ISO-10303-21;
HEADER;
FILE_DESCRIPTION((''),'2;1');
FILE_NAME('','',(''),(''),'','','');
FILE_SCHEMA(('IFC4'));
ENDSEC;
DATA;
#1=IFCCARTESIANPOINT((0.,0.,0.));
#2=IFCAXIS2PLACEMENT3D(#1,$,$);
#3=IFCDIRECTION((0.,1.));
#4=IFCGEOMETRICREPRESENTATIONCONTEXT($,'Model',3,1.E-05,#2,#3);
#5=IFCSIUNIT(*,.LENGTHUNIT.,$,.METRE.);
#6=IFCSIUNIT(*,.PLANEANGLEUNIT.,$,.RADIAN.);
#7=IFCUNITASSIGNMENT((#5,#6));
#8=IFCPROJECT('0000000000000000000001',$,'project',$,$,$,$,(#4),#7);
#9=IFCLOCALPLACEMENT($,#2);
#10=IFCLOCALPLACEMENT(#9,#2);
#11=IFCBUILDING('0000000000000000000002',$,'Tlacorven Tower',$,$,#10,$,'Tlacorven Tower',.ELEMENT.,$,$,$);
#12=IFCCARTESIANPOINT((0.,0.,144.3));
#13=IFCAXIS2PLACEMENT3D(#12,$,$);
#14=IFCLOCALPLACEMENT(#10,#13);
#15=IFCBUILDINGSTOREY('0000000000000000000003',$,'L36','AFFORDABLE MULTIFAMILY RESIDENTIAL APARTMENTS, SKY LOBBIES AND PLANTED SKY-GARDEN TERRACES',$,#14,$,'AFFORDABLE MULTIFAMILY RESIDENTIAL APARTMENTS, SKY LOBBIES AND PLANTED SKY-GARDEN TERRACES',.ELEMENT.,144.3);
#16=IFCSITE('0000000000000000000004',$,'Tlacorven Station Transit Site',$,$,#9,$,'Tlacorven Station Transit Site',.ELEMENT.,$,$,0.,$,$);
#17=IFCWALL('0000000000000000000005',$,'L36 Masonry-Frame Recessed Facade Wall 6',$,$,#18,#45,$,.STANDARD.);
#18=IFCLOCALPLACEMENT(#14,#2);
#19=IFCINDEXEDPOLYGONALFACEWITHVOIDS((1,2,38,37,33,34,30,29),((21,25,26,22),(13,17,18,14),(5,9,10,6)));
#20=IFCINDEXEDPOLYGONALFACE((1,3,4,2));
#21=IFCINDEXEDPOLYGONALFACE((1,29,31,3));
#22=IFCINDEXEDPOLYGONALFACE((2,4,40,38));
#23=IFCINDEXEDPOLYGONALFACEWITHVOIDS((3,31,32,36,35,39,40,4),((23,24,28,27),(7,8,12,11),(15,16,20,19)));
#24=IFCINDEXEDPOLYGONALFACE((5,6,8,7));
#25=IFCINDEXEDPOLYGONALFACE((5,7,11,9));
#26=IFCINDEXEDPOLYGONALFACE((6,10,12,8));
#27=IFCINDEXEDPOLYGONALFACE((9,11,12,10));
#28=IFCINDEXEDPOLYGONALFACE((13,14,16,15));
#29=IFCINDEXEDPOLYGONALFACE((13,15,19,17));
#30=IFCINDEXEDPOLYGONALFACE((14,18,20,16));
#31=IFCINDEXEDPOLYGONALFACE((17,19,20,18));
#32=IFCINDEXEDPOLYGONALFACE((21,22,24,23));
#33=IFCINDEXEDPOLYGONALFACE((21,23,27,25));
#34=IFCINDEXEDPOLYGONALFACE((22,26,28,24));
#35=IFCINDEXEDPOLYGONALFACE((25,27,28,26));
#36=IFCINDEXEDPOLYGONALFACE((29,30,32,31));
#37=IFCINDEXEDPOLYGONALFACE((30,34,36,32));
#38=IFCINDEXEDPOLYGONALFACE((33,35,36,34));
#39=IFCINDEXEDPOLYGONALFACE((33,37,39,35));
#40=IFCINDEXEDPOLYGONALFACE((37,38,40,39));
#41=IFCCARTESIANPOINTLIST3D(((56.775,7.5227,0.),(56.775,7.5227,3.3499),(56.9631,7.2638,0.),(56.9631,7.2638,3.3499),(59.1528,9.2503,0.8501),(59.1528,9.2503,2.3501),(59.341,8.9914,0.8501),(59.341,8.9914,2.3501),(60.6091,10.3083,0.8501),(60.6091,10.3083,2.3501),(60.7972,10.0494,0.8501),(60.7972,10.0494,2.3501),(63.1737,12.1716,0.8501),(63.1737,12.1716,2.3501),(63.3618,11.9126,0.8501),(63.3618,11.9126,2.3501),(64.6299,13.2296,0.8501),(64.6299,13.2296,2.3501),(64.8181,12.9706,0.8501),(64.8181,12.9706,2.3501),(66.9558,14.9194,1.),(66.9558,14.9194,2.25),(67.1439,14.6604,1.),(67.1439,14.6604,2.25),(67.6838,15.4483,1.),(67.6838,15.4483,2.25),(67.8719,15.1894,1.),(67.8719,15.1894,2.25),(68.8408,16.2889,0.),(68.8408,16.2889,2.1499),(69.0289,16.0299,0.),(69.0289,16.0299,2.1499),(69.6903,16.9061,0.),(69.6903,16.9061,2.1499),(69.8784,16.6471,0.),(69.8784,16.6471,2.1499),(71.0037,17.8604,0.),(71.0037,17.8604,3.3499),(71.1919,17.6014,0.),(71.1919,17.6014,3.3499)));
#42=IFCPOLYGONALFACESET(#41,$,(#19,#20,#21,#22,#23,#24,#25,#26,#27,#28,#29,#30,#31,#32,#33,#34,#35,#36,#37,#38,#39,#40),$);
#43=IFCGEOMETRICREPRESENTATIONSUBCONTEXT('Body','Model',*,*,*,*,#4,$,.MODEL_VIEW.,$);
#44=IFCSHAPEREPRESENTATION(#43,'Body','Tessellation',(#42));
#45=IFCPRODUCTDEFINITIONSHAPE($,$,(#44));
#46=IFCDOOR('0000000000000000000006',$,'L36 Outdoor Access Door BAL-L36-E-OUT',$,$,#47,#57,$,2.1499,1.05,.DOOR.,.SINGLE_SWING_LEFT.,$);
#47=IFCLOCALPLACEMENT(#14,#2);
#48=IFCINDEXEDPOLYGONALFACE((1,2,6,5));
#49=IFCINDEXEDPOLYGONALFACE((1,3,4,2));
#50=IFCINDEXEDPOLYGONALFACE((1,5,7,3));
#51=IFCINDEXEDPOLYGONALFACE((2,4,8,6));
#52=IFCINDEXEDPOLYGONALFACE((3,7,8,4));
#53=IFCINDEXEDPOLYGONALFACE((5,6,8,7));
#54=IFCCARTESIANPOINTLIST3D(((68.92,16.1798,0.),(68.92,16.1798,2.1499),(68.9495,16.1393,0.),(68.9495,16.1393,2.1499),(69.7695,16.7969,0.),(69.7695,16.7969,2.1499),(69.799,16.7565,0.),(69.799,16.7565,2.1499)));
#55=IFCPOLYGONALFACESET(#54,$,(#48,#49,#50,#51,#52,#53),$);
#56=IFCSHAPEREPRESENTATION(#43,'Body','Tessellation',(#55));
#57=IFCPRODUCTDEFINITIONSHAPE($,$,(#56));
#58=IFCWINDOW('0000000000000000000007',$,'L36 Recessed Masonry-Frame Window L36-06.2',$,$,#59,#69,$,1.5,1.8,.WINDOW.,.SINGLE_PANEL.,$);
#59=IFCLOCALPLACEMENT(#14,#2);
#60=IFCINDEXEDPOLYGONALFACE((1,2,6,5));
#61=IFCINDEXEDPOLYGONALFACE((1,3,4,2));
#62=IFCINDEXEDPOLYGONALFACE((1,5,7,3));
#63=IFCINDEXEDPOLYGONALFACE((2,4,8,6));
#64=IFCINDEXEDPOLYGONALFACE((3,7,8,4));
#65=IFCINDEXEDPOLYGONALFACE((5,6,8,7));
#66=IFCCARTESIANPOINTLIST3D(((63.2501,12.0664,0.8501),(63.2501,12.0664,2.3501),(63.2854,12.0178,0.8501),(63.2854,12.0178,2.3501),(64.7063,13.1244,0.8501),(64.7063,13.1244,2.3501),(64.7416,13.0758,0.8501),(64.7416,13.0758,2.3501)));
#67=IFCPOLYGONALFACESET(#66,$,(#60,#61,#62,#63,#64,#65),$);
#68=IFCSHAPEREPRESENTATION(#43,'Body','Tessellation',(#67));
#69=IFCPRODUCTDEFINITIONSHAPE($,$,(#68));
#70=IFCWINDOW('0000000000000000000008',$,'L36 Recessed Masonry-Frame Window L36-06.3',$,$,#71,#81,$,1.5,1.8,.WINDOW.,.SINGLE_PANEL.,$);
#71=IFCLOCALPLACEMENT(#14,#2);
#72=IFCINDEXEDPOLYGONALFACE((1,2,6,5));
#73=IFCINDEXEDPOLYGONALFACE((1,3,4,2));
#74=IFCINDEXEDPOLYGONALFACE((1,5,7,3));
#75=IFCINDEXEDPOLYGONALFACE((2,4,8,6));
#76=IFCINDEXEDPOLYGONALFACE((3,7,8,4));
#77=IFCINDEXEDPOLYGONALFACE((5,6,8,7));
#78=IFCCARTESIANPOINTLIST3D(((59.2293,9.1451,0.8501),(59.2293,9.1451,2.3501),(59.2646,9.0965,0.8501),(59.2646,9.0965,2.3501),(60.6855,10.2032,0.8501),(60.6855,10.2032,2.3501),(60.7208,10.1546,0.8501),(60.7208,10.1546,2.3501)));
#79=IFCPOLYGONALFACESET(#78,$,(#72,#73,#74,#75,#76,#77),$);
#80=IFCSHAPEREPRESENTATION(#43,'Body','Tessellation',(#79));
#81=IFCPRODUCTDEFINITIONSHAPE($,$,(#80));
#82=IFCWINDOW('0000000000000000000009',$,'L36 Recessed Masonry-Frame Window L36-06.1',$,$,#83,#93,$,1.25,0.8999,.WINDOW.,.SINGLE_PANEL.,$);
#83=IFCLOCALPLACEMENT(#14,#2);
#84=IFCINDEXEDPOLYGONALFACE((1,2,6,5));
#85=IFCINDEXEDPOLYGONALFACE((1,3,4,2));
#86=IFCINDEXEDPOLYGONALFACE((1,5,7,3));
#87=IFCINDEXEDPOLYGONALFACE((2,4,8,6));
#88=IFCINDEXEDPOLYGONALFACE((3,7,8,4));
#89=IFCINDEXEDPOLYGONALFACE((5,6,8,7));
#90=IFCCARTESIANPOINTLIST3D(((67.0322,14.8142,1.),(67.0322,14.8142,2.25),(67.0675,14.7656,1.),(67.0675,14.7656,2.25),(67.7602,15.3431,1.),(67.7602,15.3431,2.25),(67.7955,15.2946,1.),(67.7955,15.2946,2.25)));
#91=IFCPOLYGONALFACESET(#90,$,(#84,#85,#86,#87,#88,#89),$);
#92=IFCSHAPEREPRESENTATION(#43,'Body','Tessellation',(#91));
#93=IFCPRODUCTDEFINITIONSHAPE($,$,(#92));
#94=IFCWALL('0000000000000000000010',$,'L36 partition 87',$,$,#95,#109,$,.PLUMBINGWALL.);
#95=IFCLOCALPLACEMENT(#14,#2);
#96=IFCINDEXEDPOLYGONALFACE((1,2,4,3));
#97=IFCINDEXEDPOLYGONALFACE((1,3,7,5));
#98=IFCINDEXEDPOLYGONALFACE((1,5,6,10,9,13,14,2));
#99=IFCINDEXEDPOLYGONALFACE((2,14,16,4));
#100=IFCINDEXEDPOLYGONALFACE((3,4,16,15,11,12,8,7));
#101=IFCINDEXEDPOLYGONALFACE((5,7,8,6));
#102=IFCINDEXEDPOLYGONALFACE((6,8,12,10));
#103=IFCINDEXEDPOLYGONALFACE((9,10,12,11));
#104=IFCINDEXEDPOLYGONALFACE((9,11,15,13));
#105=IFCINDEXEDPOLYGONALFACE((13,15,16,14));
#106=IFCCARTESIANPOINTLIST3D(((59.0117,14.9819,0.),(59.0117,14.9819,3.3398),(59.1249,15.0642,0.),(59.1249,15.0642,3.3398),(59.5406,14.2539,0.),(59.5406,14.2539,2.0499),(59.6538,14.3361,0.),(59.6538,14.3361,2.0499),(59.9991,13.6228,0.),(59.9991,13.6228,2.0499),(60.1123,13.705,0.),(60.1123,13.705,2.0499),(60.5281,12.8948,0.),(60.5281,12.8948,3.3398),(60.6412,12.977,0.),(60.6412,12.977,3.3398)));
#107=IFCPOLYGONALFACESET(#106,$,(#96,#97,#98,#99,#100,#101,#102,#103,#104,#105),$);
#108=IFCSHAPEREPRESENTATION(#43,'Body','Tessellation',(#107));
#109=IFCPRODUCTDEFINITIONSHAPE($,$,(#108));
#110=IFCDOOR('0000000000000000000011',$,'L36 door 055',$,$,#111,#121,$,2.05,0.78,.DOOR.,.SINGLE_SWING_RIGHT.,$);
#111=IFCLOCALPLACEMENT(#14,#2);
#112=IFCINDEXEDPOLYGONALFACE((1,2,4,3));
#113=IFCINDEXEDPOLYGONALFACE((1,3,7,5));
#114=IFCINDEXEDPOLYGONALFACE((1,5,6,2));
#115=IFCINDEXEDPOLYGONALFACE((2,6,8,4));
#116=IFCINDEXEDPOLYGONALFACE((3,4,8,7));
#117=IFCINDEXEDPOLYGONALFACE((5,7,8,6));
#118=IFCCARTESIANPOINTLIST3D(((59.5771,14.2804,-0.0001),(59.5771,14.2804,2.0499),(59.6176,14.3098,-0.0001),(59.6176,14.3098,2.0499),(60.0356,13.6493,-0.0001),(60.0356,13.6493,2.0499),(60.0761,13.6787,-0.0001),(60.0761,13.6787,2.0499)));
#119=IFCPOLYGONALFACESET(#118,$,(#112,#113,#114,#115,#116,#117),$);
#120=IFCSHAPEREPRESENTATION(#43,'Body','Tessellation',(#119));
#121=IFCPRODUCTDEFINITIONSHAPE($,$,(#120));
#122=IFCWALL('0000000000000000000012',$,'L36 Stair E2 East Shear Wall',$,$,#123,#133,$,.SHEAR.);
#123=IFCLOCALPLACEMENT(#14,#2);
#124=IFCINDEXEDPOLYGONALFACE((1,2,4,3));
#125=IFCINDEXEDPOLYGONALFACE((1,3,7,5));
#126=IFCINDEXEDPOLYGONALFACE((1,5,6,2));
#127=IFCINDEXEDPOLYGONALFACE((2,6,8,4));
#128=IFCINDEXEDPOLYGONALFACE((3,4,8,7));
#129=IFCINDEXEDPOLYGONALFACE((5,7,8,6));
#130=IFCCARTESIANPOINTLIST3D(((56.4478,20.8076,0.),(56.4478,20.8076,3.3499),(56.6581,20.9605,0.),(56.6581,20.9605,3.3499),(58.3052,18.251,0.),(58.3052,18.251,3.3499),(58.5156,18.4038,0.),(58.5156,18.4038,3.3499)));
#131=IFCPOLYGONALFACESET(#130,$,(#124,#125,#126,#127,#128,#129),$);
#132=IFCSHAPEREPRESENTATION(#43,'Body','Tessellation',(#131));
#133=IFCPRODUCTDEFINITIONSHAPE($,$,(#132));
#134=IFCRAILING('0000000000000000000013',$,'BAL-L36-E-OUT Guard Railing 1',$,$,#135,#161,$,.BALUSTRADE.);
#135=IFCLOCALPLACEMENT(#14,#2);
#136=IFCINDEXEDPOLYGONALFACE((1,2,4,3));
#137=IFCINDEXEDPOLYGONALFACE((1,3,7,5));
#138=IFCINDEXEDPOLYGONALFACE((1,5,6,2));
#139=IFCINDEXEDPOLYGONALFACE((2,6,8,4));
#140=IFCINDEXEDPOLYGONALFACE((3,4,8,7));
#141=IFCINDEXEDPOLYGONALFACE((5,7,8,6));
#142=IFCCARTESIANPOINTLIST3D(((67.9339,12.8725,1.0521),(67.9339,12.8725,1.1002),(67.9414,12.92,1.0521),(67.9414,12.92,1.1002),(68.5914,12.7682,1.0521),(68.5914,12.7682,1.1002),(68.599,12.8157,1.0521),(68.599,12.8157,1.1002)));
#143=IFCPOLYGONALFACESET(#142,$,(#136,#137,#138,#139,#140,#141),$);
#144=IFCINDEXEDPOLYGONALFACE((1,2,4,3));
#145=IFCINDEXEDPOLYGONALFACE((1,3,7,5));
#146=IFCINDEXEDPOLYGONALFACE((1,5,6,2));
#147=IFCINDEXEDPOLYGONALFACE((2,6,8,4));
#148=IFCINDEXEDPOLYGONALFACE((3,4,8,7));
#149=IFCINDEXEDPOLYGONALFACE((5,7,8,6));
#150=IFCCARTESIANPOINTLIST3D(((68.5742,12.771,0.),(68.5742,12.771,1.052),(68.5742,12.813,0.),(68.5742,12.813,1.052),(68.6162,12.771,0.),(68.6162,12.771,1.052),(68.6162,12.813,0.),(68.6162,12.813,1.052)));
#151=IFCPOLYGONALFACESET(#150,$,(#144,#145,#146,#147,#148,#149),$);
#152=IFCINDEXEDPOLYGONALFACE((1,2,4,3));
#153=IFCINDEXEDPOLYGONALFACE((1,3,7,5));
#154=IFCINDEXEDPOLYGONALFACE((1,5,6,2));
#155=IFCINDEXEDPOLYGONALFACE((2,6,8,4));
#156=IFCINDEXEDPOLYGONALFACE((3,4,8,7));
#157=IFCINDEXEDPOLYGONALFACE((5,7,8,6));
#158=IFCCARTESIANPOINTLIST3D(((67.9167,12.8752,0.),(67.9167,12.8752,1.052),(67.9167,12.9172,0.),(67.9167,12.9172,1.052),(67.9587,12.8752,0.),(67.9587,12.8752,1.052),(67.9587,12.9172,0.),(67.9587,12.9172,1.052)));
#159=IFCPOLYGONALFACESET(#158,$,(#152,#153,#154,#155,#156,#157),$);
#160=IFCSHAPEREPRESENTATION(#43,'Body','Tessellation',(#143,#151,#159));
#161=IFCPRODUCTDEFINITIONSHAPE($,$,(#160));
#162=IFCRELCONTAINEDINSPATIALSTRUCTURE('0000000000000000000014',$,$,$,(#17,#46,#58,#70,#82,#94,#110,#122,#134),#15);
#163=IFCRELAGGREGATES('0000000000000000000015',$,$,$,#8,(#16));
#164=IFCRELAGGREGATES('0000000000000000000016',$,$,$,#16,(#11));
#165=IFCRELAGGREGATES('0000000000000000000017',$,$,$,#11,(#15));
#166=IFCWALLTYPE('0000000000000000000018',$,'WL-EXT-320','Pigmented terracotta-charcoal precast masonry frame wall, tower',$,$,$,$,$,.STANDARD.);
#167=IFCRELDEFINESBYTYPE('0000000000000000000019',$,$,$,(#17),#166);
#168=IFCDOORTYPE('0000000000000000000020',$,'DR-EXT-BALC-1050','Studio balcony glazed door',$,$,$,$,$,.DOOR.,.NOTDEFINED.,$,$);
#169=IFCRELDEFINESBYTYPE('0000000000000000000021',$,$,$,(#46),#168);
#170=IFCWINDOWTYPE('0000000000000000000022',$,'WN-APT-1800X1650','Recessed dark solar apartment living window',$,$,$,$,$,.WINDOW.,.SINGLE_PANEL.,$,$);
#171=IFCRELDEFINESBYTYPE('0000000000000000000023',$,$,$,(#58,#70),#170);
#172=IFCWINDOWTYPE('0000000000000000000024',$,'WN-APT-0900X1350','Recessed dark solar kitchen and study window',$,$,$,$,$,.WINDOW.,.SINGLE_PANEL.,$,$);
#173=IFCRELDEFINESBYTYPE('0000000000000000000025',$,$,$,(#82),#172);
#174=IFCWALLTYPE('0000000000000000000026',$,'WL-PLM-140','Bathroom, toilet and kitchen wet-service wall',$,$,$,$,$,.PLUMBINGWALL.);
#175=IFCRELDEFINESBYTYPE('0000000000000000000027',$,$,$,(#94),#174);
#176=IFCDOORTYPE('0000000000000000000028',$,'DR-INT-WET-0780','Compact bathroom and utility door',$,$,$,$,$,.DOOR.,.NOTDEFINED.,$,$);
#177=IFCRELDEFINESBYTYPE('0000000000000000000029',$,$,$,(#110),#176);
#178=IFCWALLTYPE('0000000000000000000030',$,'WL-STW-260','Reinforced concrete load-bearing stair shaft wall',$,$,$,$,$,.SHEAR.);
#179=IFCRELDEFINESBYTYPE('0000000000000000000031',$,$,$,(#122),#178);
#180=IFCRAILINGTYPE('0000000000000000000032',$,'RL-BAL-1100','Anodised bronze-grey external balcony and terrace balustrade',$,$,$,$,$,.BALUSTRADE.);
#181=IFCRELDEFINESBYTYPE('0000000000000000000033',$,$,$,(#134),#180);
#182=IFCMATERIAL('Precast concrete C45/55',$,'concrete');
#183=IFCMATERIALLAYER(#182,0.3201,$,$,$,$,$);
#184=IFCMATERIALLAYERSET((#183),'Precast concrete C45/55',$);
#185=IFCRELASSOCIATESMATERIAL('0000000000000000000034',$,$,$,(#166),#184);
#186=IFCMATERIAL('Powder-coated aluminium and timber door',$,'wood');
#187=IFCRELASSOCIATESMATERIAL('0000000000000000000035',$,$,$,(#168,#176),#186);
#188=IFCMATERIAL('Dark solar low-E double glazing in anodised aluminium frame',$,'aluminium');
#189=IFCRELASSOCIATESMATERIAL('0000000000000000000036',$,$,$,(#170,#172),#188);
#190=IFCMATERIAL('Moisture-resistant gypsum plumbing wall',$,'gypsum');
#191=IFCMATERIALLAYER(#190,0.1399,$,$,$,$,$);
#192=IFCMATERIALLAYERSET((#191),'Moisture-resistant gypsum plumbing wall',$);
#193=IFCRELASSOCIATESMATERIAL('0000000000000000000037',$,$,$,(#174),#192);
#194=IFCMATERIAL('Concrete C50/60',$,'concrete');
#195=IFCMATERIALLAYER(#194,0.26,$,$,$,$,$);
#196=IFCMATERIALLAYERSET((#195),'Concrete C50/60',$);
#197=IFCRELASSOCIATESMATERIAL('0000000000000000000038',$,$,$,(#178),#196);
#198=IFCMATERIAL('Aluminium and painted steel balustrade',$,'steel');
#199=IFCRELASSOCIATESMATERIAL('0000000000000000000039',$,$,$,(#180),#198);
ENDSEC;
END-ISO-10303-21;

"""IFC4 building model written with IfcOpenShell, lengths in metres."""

from ifc_helpers import new_model, si_unit, direction, frame, frame_2d, origin, origin_2d, place, context, subcontext, project, spatial, rectangle, extrude, source, transform, mapped, material, layer, layer_set, type_object, element, fill, save


model = new_model("IFC4")

# Units and contexts
model_context = context("Model", 3, precision=1e-05, world=origin(), true_north=direction((0.0, 1.0)))
body_context = subcontext(model_context, "Body", "Model", "MODEL_VIEW")
ifc_project = project(units=[si_unit("LENGTHUNIT", "METRE"), si_unit("PLANEANGLEUNIT", "RADIAN")], contexts=[model_context])

# Site, building, storey
site_placement = place(None, origin())
site = spatial("IfcSite", under=ifc_project, at=site_placement, Name="Tlacorven Station Transit Site", LongName="Tlacorven Station Transit Site", CompositionType="ELEMENT", RefElevation=0.0)
building_placement = place(site_placement, origin())
building = spatial("IfcBuilding", under=site, at=building_placement, Name="Tlacorven Tower", LongName="Tlacorven Tower", CompositionType="ELEMENT")
storey_placement = place(building_placement, frame((0.0, 0.0, 144.3)))
storey = spatial("IfcBuildingStorey", under=building, at=storey_placement, Name="L36", Description="AFFORDABLE MULTIFAMILY RESIDENTIAL APARTMENTS, SKY LOBBIES AND PLANTED SKY-GARDEN TERRACES", LongName="AFFORDABLE MULTIFAMILY RESIDENTIAL APARTMENTS, SKY LOBBIES AND PLANTED SKY-GARDEN TERRACES", CompositionType="ELEMENT", Elevation=144.3)

# Wall, openings, door, windows
ifc_material_1 = material(Name="Precast concrete C45/55", Category="concrete")
ifc_layer_1 = layer(ifc_material_1, 0.3201)
ifc_layer_set_1 = layer_set([ifc_layer_1], Name="Precast concrete C45/55")
wall_type_1 = type_object("IfcWallType", Name="WL-EXT-320", Description="Pigmented terracotta-charcoal precast masonry frame wall, tower", PredefinedType="STANDARD", material=ifc_layer_set_1)
wall_1_placement = place(storey_placement, frame((71.0979, 17.731, 0.0), z_axis=(0.0, 0.0, 1.0), x_axis=(-0.809021, -0.58778, 0.0)))
wall_1 = element("IfcWall", 1, at=wall_1_placement, inside=storey, type_object=wall_type_1, Name="L36 Masonry-Frame Recessed Facade Wall 6", PredefinedType="STANDARD", context=body_context, shape_type="SweptSolid", body=[
    extrude(rectangle(XDim=17.5876, YDim=0.3201, at=frame_2d((8.7939, 0.0))), origin(), (0.0, 0.0, 1.0), 3.3499),
])
opening_1_placement = place(wall_1_placement, frame((1.6238, 0.0, 0.0)))
opening_1 = element("IfcOpeningElement", 2, at=opening_1_placement, cuts=wall_1, PredefinedType="OPENING", context=body_context, shape_type="SweptSolid", body=[
    extrude(rectangle(XDim=1.05, YDim=2.1499, at=frame_2d((0.5249, 1.075))), frame((0.0, 0.1699, 0.0), z_axis=(0.0, -1.0, 0.0), x_axis=(1.0, 0.0, 0.0)), (0.0, 0.0, 1.0), 0.3401),
])
opening_2_placement = place(wall_1_placement, frame((4.1038, 0.0, 1.0)))
opening_2 = element("IfcOpeningElement", 3, at=opening_2_placement, cuts=wall_1, PredefinedType="OPENING", context=body_context, shape_type="SweptSolid", body=[
    extrude(rectangle(XDim=0.8999, YDim=1.25, at=frame_2d((0.45, 0.625))), frame((0.0, 0.1699, 0.0), z_axis=(0.0, -1.0, 0.0), x_axis=(1.0, 0.0, 0.0)), (0.0, 0.0, 1.0), 0.3401),
])
opening_3_placement = place(wall_1_placement, frame((7.8787, 0.0, 0.8501)))
opening_3 = element("IfcOpeningElement", 4, at=opening_3_placement, cuts=wall_1, PredefinedType="OPENING", context=body_context, shape_type="SweptSolid", body=[
    extrude(rectangle(XDim=1.8, YDim=1.5, at=frame_2d((0.8999, 0.75))), frame((0.0, 0.1699, 0.0), z_axis=(0.0, -1.0, 0.0), x_axis=(1.0, 0.0, 0.0)), (0.0, 0.0, 1.0), 0.3401),
])
opening_4_placement = place(wall_1_placement, frame((12.8486, 0.0, 0.8501)))
opening_4 = element("IfcOpeningElement", 5, at=opening_4_placement, cuts=wall_1, PredefinedType="OPENING", context=body_context, shape_type="SweptSolid", body=[
    extrude(rectangle(XDim=1.8, YDim=1.5, at=frame_2d((0.8999, 0.75))), frame((0.0, 0.1699, 0.0), z_axis=(0.0, -1.0, 0.0), x_axis=(1.0, 0.0, 0.0)), (0.0, 0.0, 1.0), 0.3401),
])
ifc_material_2 = material(Name="Powder-coated aluminium and timber door", Category="wood")
door_type_1 = type_object("IfcDoorType", Name="DR-EXT-BALC-1050", Description="Studio balcony glazed door", OperationType="NOTDEFINED", PredefinedType="DOOR", material=ifc_material_2)
shared_shape_1 = source(origin(), body_context, "Body", "SweptSolid", [
    extrude(rectangle(XDim=1.05, YDim=2.1499, at=frame_2d((0.5249, 1.075))), frame((0.0, 0.0249, 0.0), z_axis=(0.0, -1.0, 0.0), x_axis=(1.0, 0.0, 0.0)), (0.0, 0.0, 1.0), 0.05),
])
door_1_placement = place(opening_1_placement, origin())
door_1 = element("IfcDoor", 6, at=door_1_placement, inside=storey, type_object=door_type_1, Name="L36 Outdoor Access Door BAL-L36-E-OUT", OperationType="SINGLE_SWING_LEFT", OverallHeight=2.1499, OverallWidth=1.05, PredefinedType="DOOR", context=body_context, shape_type="MappedRepresentation", body=[
    mapped(shared_shape_1, transform((0.0, 0.0, 0.0), scale=1.0)),
])
fill(opening_1, door_1)
ifc_material_3 = material(Name="Dark solar low-E double glazing in anodised aluminium frame", Category="aluminium")
window_type_1 = type_object("IfcWindowType", Name="WN-APT-1800X1650", Description="Recessed dark solar apartment living window", PartitioningType="SINGLE_PANEL", PredefinedType="WINDOW", material=ifc_material_3)
shared_shape_2 = source(origin(), body_context, "Body", "SweptSolid", [
    extrude(rectangle(XDim=1.8, YDim=1.5, at=frame_2d((0.8999, 0.75))), frame((0.0, 0.03, 0.0), z_axis=(0.0, -1.0, 0.0), x_axis=(1.0, 0.0, 0.0)), (0.0, 0.0, 1.0), 0.0601),
])
window_1_placement = place(opening_3_placement, origin())
window_1 = element("IfcWindow", 7, at=window_1_placement, inside=storey, type_object=window_type_1, Name="L36 Recessed Masonry-Frame Window L36-06.2", OverallHeight=1.5, OverallWidth=1.8, PartitioningType="SINGLE_PANEL", PredefinedType="WINDOW", context=body_context, shape_type="MappedRepresentation", body=[
    mapped(shared_shape_2, transform((0.0, 0.0, 0.0), scale=1.0)),
])
fill(opening_3, window_1)
window_2_placement = place(opening_4_placement, origin())
window_2 = element("IfcWindow", 8, at=window_2_placement, inside=storey, type_object=window_type_1, Name="L36 Recessed Masonry-Frame Window L36-06.3", OverallHeight=1.5, OverallWidth=1.8, PartitioningType="SINGLE_PANEL", PredefinedType="WINDOW", context=body_context, shape_type="MappedRepresentation", body=[
    mapped(shared_shape_2, transform((0.0, 0.0, 0.0), scale=1.0)),
])
fill(opening_4, window_2)
window_type_2 = type_object("IfcWindowType", Name="WN-APT-0900X1350", Description="Recessed dark solar kitchen and study window", PartitioningType="SINGLE_PANEL", PredefinedType="WINDOW", material=ifc_material_3)
shared_shape_3 = source(origin(), body_context, "Body", "SweptSolid", [
    extrude(rectangle(XDim=0.8999, YDim=1.25, at=frame_2d((0.45, 0.625))), frame((0.0, 0.03, 0.0), z_axis=(0.0, -1.0, 0.0), x_axis=(1.0, 0.0, 0.0)), (0.0, 0.0, 1.0), 0.0601),
])
window_3_placement = place(opening_2_placement, origin())
window_3 = element("IfcWindow", 9, at=window_3_placement, inside=storey, type_object=window_type_2, Name="L36 Recessed Masonry-Frame Window L36-06.1", OverallHeight=1.25, OverallWidth=0.8999, PartitioningType="SINGLE_PANEL", PredefinedType="WINDOW", context=body_context, shape_type="MappedRepresentation", body=[
    mapped(shared_shape_3, transform((0.0, 0.0, 0.0), scale=1.0)),
])
fill(opening_2, window_3)

# Wall, opening, door
ifc_material_4 = material(Name="Moisture-resistant gypsum plumbing wall", Category="gypsum")
ifc_layer_2 = layer(ifc_material_4, 0.1399)
ifc_layer_set_2 = layer_set([ifc_layer_2], Name="Moisture-resistant gypsum plumbing wall")
wall_type_2 = type_object("IfcWallType", Name="WL-PLM-140", Description="Bathroom, toilet and kitchen wet-service wall", PredefinedType="PLUMBINGWALL", material=ifc_layer_set_2)
wall_2_placement = place(storey_placement, frame((60.5847, 12.9358, 0.0), z_axis=(0.0, 0.0, 1.0), x_axis=(-0.587772, 0.809027, 0.0)))
wall_2 = element("IfcWall", 10, at=wall_2_placement, inside=storey, type_object=wall_type_2, Name="L36 partition 87", PredefinedType="PLUMBINGWALL", context=body_context, shape_type="SweptSolid", body=[
    extrude(rectangle(XDim=2.5798, YDim=0.1399, at=frame_2d((1.29, 0.0))), origin(), (0.0, 0.0, 1.0), 3.3398),
])
opening_5_placement = place(wall_2_placement, frame((0.8999, 0.0, 0.0)))
opening_5 = element("IfcOpeningElement", 11, at=opening_5_placement, cuts=wall_2, PredefinedType="OPENING", context=body_context, shape_type="SweptSolid", body=[
    extrude(rectangle(XDim=0.78, YDim=2.05, at=frame_2d((0.3901, 1.0249))), frame((0.0, 0.0801, 0.0), z_axis=(0.0, -1.0, 0.0), x_axis=(1.0, 0.0, 0.0)), (0.0, 0.0, 1.0), 0.1599),
])
door_type_2 = type_object("IfcDoorType", Name="DR-INT-WET-0780", Description="Compact bathroom and utility door", OperationType="NOTDEFINED", PredefinedType="DOOR", material=ifc_material_2)
shared_shape_4 = source(origin(), body_context, "Body", "SweptSolid", [
    extrude(rectangle(XDim=0.78, YDim=2.05, at=frame_2d((0.3901, 1.0249))), frame((0.0, 0.0249, 0.0), z_axis=(0.0, -1.0, 0.0), x_axis=(1.0, 0.0, 0.0)), (0.0, 0.0, 1.0), 0.05),
])
door_2_placement = place(opening_5_placement, origin())
door_2 = element("IfcDoor", 12, at=door_2_placement, inside=storey, type_object=door_type_2, Name="L36 door 055", OperationType="SINGLE_SWING_RIGHT", OverallHeight=2.05, OverallWidth=0.78, PredefinedType="DOOR", context=body_context, shape_type="MappedRepresentation", body=[
    mapped(shared_shape_4, transform((0.0, 0.0, 0.0), scale=1.0)),
])
fill(opening_5, door_2)

# Wall
ifc_material_5 = material(Name="Concrete C50/60", Category="concrete")
ifc_layer_3 = layer(ifc_material_5, 0.26)
ifc_layer_set_3 = layer_set([ifc_layer_3], Name="Concrete C50/60")
wall_type_3 = type_object("IfcWallType", Name="WL-STW-260", Description="Reinforced concrete load-bearing stair shaft wall", PredefinedType="SHEAR", material=ifc_layer_set_3)
wall_3_placement = place(storey_placement, frame((58.4104, 18.3274, 0.0), z_axis=(0.0, 0.0, 1.0), x_axis=(-0.587767, 0.80903, 0.0)))
element("IfcWall", 13, at=wall_3_placement, inside=storey, type_object=wall_type_3, Name="L36 Stair E2 East Shear Wall", PredefinedType="SHEAR", context=body_context, shape_type="SweptSolid", body=[
    extrude(rectangle(XDim=3.1602, YDim=0.26, at=frame_2d((1.5801, 0.0))), origin(), (0.0, 0.0, 1.0), 3.3499),
])

# Railing
ifc_material_6 = material(Name="Aluminium and painted steel balustrade", Category="steel")
railing_type = type_object("IfcRailingType", Name="RL-BAL-1100", Description="Anodised bronze-grey external balcony and terrace balustrade", PredefinedType="BALUSTRADE", material=ifc_material_6)
shared_shape_5 = source(origin(), body_context, "Body", "SweptSolid", [
    extrude(rectangle(XDim=0.0481, YDim=0.0481, at=origin_2d()), frame((0.0, 0.0, 1.0762), z_axis=(-0.987662, 0.156603, 0.0), x_axis=(-0.156603, -0.987662, 0.0)), (0.0, 0.0, 1.0), 0.6658),
    extrude(rectangle(XDim=0.042, YDim=0.042, at=origin_2d()), origin(), (0.0, 0.0, 1.0), 1.052),
    extrude(rectangle(XDim=0.042, YDim=0.042, at=origin_2d()), frame((-0.6575, 0.1042, 0.0)), (0.0, 0.0, 1.0), 1.052),
])
railing_1_placement = place(storey_placement, frame((68.5952, 12.792, 0.0)))
element("IfcRailing", 14, at=railing_1_placement, inside=storey, type_object=railing_type, Name="BAL-L36-E-OUT Guard Railing 1", PredefinedType="BALUSTRADE", context=body_context, shape_type="MappedRepresentation", body=[
    mapped(shared_shape_5, transform((0.0, 0.0, 0.0), scale=1.0)),
])

save(model, "model.ifc")
